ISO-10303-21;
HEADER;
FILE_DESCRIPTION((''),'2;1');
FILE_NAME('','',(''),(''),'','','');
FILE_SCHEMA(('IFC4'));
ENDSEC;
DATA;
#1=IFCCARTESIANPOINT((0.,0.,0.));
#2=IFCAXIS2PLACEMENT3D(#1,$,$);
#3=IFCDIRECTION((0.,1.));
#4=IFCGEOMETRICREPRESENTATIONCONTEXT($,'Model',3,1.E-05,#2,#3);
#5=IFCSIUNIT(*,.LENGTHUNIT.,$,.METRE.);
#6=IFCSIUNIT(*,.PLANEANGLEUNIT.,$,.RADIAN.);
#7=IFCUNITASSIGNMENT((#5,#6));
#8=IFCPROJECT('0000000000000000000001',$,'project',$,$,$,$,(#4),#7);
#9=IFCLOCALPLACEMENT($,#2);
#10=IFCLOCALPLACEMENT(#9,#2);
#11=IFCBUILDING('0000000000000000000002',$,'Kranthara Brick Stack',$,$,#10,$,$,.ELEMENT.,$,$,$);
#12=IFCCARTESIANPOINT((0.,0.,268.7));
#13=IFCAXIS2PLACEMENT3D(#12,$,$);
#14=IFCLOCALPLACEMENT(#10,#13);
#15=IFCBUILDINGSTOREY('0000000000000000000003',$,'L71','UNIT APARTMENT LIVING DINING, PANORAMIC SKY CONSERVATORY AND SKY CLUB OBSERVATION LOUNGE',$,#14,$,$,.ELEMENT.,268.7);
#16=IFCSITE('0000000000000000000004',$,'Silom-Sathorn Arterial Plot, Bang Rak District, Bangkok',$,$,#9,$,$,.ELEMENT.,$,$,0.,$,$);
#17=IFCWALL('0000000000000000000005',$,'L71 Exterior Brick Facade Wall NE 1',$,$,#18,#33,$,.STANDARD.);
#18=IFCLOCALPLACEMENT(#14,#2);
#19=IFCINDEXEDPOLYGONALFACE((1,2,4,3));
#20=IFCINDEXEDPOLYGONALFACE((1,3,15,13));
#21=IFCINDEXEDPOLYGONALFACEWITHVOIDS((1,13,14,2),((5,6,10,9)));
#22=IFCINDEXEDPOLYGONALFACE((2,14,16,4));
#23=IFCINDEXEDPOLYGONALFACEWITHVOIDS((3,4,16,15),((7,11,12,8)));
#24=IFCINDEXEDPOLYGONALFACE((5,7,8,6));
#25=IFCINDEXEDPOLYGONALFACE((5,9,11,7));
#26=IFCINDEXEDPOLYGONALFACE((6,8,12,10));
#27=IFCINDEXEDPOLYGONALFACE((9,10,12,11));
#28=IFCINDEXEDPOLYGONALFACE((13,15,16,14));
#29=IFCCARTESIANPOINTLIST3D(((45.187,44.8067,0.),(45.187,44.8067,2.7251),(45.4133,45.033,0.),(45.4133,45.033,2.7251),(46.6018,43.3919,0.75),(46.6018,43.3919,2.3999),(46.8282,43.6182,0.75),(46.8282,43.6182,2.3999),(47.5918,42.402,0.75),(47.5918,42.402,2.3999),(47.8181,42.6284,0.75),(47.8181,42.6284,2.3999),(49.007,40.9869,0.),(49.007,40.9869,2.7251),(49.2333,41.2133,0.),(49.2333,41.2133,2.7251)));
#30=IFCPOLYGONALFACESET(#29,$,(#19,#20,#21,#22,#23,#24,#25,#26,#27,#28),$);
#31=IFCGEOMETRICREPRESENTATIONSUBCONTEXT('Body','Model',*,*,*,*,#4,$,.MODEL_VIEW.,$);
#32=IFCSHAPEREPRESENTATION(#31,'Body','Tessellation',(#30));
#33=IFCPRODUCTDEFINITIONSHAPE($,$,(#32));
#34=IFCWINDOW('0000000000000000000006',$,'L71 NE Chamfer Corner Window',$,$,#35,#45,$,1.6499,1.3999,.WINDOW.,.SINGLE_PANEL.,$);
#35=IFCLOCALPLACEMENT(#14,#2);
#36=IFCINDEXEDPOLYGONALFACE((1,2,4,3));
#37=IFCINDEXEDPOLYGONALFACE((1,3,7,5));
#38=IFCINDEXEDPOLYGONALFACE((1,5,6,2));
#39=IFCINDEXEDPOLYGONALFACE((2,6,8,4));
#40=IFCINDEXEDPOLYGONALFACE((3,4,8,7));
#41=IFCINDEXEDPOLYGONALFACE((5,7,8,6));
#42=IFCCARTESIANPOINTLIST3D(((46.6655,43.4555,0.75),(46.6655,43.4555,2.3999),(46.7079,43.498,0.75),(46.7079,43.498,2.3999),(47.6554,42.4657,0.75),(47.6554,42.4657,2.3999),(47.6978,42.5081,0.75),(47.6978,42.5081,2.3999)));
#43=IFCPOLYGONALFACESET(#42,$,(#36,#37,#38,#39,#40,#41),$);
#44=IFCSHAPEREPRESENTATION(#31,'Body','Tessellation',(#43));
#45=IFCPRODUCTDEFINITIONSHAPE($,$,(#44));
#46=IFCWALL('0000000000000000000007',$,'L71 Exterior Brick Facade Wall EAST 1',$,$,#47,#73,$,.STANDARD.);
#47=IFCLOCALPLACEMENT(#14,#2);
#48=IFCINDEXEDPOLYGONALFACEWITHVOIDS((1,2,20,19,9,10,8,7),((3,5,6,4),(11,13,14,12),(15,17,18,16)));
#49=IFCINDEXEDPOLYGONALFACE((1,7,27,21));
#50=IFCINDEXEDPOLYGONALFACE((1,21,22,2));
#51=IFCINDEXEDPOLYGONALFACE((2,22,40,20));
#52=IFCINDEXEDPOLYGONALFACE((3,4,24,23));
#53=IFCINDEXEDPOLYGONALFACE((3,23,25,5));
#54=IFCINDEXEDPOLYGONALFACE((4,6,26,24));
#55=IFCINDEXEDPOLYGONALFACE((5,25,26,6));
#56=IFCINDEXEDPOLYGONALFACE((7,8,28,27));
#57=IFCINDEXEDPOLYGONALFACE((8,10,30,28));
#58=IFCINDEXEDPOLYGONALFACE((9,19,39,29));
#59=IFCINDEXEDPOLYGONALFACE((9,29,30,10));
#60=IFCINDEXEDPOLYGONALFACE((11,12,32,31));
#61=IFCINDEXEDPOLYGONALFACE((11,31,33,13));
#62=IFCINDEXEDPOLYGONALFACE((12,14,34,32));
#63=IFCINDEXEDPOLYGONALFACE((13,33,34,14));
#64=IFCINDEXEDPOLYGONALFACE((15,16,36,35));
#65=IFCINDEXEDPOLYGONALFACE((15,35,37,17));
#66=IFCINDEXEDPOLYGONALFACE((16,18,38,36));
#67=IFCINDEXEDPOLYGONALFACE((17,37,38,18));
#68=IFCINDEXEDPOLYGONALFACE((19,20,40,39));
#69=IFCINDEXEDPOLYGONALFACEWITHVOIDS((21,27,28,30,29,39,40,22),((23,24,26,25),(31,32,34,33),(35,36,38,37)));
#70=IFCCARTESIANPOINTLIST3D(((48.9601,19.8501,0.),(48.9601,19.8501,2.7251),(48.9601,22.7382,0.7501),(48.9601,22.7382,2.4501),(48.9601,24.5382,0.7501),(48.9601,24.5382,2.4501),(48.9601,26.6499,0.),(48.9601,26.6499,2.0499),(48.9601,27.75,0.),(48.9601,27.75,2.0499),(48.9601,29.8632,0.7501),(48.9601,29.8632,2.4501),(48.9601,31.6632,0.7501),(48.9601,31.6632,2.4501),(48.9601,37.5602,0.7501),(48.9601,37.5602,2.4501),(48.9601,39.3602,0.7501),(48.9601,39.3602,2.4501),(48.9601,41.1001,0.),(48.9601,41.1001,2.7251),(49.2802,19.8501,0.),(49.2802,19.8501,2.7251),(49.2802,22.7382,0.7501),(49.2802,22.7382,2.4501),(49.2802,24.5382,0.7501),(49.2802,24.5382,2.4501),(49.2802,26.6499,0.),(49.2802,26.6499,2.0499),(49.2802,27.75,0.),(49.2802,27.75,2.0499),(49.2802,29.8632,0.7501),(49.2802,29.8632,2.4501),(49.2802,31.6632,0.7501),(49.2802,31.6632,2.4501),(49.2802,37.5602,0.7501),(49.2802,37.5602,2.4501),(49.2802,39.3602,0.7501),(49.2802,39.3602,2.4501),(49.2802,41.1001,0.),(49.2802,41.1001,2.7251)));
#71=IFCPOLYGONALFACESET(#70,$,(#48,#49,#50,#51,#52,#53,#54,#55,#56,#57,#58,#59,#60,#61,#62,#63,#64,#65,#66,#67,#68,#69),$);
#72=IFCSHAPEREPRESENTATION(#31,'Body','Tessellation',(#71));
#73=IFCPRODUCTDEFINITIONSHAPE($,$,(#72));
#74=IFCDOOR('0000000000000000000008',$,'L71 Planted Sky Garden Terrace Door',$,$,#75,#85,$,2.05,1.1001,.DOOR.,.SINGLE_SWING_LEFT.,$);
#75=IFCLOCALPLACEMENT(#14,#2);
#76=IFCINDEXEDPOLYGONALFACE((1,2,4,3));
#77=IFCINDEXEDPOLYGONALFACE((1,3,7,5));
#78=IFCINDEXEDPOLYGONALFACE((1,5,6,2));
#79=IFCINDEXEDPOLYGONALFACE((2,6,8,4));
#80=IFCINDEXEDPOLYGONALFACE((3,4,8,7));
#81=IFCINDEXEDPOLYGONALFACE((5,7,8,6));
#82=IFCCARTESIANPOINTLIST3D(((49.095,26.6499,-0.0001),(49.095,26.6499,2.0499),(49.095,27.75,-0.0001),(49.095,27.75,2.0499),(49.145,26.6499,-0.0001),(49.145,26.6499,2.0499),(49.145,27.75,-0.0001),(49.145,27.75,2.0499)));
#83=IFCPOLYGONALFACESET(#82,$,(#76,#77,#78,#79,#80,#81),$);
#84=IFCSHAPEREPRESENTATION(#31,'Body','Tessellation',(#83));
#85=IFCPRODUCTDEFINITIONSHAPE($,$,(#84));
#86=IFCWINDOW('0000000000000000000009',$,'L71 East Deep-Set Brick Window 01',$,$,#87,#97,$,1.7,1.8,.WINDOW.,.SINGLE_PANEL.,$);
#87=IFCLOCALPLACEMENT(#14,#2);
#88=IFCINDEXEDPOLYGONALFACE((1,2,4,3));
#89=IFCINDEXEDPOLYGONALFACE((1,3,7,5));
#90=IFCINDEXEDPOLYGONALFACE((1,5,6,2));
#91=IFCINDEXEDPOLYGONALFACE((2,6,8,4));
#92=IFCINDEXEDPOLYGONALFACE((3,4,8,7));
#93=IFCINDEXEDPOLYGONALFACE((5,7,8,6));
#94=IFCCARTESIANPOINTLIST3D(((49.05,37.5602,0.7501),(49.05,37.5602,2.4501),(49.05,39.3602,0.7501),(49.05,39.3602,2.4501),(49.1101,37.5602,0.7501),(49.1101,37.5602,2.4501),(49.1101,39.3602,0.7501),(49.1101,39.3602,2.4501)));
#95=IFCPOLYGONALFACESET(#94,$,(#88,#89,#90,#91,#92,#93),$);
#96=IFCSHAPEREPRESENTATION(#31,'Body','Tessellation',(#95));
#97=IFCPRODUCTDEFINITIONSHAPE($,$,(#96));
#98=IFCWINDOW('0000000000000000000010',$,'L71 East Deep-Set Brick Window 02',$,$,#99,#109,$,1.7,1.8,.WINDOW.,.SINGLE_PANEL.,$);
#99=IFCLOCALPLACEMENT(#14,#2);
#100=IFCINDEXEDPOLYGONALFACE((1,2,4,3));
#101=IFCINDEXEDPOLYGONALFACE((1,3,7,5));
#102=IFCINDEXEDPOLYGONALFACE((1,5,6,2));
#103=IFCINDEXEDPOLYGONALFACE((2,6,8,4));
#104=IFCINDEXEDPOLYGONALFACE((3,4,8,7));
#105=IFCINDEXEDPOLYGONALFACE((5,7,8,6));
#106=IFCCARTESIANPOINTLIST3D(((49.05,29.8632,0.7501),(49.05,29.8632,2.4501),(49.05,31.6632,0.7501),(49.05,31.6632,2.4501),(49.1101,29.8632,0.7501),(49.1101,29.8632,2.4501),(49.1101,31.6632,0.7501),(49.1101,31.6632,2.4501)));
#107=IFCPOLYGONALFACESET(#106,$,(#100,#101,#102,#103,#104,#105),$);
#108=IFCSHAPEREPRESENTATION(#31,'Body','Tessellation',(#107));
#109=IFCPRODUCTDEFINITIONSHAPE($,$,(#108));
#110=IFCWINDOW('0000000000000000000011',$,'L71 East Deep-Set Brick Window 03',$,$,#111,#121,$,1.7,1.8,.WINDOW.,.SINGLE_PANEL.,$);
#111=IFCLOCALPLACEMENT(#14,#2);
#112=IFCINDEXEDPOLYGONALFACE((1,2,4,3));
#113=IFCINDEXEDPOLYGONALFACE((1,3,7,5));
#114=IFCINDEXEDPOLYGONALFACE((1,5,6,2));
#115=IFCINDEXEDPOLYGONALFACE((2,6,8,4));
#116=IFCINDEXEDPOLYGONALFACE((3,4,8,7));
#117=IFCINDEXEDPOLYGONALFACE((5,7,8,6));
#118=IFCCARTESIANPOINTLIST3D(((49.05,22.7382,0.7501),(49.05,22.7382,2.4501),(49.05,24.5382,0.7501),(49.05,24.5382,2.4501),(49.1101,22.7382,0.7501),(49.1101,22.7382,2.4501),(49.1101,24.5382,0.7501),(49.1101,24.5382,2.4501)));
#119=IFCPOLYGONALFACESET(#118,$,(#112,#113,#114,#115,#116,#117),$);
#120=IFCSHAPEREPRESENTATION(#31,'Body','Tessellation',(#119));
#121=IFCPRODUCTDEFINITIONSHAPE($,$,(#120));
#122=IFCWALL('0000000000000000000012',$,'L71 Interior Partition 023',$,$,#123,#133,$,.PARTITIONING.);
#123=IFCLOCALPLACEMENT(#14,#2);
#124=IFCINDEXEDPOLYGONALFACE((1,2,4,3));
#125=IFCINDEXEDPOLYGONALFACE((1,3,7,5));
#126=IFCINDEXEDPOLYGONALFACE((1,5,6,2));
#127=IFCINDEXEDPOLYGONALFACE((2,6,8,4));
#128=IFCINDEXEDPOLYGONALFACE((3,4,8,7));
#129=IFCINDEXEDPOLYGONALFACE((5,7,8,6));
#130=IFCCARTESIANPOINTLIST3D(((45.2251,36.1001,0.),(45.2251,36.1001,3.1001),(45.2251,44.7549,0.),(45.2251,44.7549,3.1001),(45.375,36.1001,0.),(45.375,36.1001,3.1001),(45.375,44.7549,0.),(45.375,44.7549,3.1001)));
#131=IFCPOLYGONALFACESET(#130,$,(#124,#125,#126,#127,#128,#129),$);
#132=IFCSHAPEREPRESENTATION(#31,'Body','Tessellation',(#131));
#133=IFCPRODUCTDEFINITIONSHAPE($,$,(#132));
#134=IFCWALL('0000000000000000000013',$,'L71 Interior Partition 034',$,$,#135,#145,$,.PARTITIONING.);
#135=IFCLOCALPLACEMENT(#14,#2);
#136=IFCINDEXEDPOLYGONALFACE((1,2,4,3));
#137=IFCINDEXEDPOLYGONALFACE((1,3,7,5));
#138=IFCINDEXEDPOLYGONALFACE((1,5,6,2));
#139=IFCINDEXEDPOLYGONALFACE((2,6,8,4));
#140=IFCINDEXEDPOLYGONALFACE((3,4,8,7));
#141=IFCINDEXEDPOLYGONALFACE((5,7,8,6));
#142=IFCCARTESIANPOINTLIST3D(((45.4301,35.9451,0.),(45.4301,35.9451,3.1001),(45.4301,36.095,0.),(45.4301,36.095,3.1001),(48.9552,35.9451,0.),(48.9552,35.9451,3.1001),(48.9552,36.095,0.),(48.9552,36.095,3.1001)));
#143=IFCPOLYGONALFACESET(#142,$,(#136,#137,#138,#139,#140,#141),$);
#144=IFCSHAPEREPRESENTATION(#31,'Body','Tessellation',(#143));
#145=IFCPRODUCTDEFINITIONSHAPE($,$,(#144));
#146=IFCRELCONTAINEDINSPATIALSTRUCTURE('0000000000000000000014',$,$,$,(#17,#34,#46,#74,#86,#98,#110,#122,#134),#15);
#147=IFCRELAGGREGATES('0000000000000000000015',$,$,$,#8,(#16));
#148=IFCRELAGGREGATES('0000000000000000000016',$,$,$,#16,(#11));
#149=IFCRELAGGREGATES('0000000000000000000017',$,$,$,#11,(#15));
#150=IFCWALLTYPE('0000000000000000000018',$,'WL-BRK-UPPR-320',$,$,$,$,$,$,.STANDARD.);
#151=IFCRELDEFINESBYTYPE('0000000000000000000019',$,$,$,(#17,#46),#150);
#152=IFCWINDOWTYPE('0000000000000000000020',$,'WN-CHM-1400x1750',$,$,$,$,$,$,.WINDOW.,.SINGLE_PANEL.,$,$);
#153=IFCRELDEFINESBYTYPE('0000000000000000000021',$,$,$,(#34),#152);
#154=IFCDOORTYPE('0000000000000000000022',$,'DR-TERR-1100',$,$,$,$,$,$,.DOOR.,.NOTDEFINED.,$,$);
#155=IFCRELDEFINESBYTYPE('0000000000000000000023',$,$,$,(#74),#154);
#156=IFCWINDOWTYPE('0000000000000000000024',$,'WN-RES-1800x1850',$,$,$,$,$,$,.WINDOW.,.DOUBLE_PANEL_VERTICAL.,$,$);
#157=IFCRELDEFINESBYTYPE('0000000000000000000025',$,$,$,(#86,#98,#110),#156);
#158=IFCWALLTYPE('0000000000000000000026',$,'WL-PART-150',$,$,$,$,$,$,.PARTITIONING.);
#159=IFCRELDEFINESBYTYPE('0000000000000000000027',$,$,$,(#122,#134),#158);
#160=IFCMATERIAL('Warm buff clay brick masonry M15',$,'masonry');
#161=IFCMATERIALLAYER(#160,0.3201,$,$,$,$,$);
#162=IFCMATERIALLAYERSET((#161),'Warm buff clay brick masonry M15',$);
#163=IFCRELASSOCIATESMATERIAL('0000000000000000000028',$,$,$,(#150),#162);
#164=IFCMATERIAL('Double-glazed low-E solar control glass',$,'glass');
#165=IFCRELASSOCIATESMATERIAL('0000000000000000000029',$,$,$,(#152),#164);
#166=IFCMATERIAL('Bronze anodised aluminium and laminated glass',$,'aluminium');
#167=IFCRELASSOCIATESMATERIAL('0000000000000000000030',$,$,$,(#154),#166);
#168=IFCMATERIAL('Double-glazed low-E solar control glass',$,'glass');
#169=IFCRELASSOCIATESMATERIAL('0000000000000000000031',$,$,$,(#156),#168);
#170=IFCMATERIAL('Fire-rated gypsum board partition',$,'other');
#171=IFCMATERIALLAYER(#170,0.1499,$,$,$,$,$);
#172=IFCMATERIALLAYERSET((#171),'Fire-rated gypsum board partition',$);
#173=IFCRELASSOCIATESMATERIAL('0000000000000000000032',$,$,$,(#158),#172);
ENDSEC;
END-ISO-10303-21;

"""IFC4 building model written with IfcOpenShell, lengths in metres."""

from ifc_helpers import new_model, si_unit, direction, frame, frame_2d, origin, place, context, subcontext, project, spatial, rectangle, extrude, material, layer, layer_set, type_object, element, fill, save


model = new_model("IFC4")

# Units and contexts
model_context = context("Model", 3, precision=1e-05, world=origin(), true_north=direction((0.0, 1.0)))
body_context = subcontext(model_context, "Body", "Model", "MODEL_VIEW")
ifc_project = project(units=[si_unit("LENGTHUNIT", "METRE"), si_unit("PLANEANGLEUNIT", "RADIAN")], contexts=[model_context])

# Site, building, storey
site_placement = place(None, origin())
site = spatial("IfcSite", under=ifc_project, at=site_placement, Name="Silom-Sathorn Arterial Plot, Bang Rak District, Bangkok", CompositionType="ELEMENT", RefElevation=0.0)
building_placement = place(site_placement, origin())
building = spatial("IfcBuilding", under=site, at=building_placement, Name="Kranthara Brick Stack", CompositionType="ELEMENT")
storey_placement = place(building_placement, frame((0.0, 0.0, 268.7)))
storey = spatial("IfcBuildingStorey", under=building, at=storey_placement, Name="L71", Description="UNIT APARTMENT LIVING DINING, PANORAMIC SKY CONSERVATORY AND SKY CLUB OBSERVATION LOUNGE", CompositionType="ELEMENT", Elevation=268.7)

# Wall, opening, window
ifc_material_1 = material(Name="Warm buff clay brick masonry M15", Category="masonry")
ifc_layer_1 = layer(ifc_material_1, 0.3201)
ifc_layer_set_1 = layer_set([ifc_layer_1], Name="Warm buff clay brick masonry M15")
wall_type_1 = type_object("IfcWallType", Name="WL-BRK-UPPR-320", PredefinedType="STANDARD", material=ifc_layer_set_1)
wall_1_placement = place(storey_placement, frame((45.3, 44.9199, 0.0), z_axis=(0.0, 0.0, 1.0), x_axis=(0.707129, -0.707084, 0.0)))
wall_1 = element("IfcWall", 1, at=wall_1_placement, inside=storey, type_object=wall_type_1, Name="L71 Exterior Brick Facade Wall NE 1", PredefinedType="STANDARD", context=body_context, shape_type="SweptSolid", body=[
    extrude(rectangle(XDim=5.4021, YDim=0.3201, at=frame_2d((2.7012, 0.0))), origin(), (0.0, 0.0, 1.0), 2.7251),
])
opening_1_placement = place(wall_1_placement, frame((2.001, 0.0, 0.75)))
opening_1 = element("IfcOpeningElement", 2, at=opening_1_placement, cuts=wall_1, PredefinedType="OPENING", context=body_context, shape_type="SweptSolid", body=[
    extrude(rectangle(XDim=1.3999, YDim=1.6499, at=frame_2d((0.7, 0.825))), frame((0.0, 0.1699, 0.0), z_axis=(0.0, -1.0, 0.0), x_axis=(1.0, 0.0, 0.0)), (0.0, 0.0, 1.0), 0.3401),
])
ifc_material_2 = material(Name="Double-glazed low-E solar control glass", Category="glass")
window_type_1 = type_object("IfcWindowType", Name="WN-CHM-1400x1750", PartitioningType="SINGLE_PANEL", PredefinedType="WINDOW", material=ifc_material_2)
window_1_placement = place(opening_1_placement, origin())
window_1 = element("IfcWindow", 3, at=window_1_placement, inside=storey, type_object=window_type_1, Name="L71 NE Chamfer Corner Window", OverallHeight=1.6499, OverallWidth=1.3999, PartitioningType="SINGLE_PANEL", PredefinedType="WINDOW", context=body_context, shape_type="SweptSolid", body=[
    extrude(rectangle(XDim=1.3999, YDim=1.6499, at=frame_2d((0.7, 0.825))), frame((0.0, -0.01, 0.0), z_axis=(0.0, -1.0, 0.0), x_axis=(1.0, 0.0, 0.0)), (0.0, 0.0, 1.0), 0.0601),
])
fill(opening_1, window_1)

# Wall, openings, door, windows
wall_2_placement = place(storey_placement, frame((49.1201, 41.1001, 0.0), z_axis=(0.0, 0.0, 1.0), x_axis=(0.0, -1.0, 0.0)))
wall_2 = element("IfcWall", 4, at=wall_2_placement, inside=storey, type_object=wall_type_1, Name="L71 Exterior Brick Facade Wall EAST 1", PredefinedType="STANDARD", context=body_context, shape_type="SweptSolid", body=[
    extrude(rectangle(XDim=21.25, YDim=0.3201, at=frame_2d((10.625, 0.0))), origin(), (0.0, 0.0, 1.0), 2.7251),
])
opening_2_placement = place(wall_2_placement, frame((13.3501, 0.0, 0.0)))
opening_2 = element("IfcOpeningElement", 5, at=opening_2_placement, cuts=wall_2, PredefinedType="OPENING", context=body_context, shape_type="SweptSolid", body=[
    extrude(rectangle(XDim=1.1001, YDim=2.05, at=frame_2d((0.55, 1.0249))), frame((0.0, 0.1699, 0.0), z_axis=(0.0, -1.0, 0.0), x_axis=(1.0, 0.0, 0.0)), (0.0, 0.0, 1.0), 0.3401),
])
opening_3_placement = place(wall_2_placement, frame((1.74, 0.0, 0.75)))
opening_3 = element("IfcOpeningElement", 6, at=opening_3_placement, cuts=wall_2, PredefinedType="OPENING", context=body_context, shape_type="SweptSolid", body=[
    extrude(rectangle(XDim=1.8, YDim=1.7, at=frame_2d((0.8999, 0.8501))), frame((0.0, 0.1699, 0.0), z_axis=(0.0, -1.0, 0.0), x_axis=(1.0, 0.0, 0.0)), (0.0, 0.0, 1.0), 0.3401),
])
opening_4_placement = place(wall_2_placement, frame((9.437, 0.0, 0.75)))
opening_4 = element("IfcOpeningElement", 7, at=opening_4_placement, cuts=wall_2, PredefinedType="OPENING", context=body_context, shape_type="SweptSolid", body=[
    extrude(rectangle(XDim=1.8, YDim=1.7, at=frame_2d((0.8999, 0.8501))), frame((0.0, 0.1699, 0.0), z_axis=(0.0, -1.0, 0.0), x_axis=(1.0, 0.0, 0.0)), (0.0, 0.0, 1.0), 0.3401),
])
opening_5_placement = place(wall_2_placement, frame((16.562, 0.0, 0.75)))
opening_5 = element("IfcOpeningElement", 8, at=opening_5_placement, cuts=wall_2, PredefinedType="OPENING", context=body_context, shape_type="SweptSolid", body=[
    extrude(rectangle(XDim=1.8, YDim=1.7, at=frame_2d((0.8999, 0.8501))), frame((0.0, 0.1699, 0.0), z_axis=(0.0, -1.0, 0.0), x_axis=(1.0, 0.0, 0.0)), (0.0, 0.0, 1.0), 0.3401),
])
ifc_material_3 = material(Name="Bronze anodised aluminium and laminated glass", Category="aluminium")
door_type_1 = type_object("IfcDoorType", Name="DR-TERR-1100", OperationType="NOTDEFINED", PredefinedType="DOOR", material=ifc_material_3)
door_1_placement = place(opening_2_placement, origin())
door_1 = element("IfcDoor", 9, at=door_1_placement, inside=storey, type_object=door_type_1, Name="L71 Planted Sky Garden Terrace Door", OperationType="SINGLE_SWING_LEFT", OverallHeight=2.05, OverallWidth=1.1001, PredefinedType="DOOR", context=body_context, shape_type="SweptSolid", body=[
    extrude(rectangle(XDim=1.1001, YDim=2.05, at=frame_2d((0.55, 1.0249))), frame((0.0, 0.0249, 0.0), z_axis=(0.0, -1.0, 0.0), x_axis=(1.0, 0.0, 0.0)), (0.0, 0.0, 1.0), 0.05),
])
fill(opening_2, door_1)
ifc_material_4 = material(Name="Double-glazed low-E solar control glass", Category="glass")
window_type_2 = type_object("IfcWindowType", Name="WN-RES-1800x1850", PartitioningType="DOUBLE_PANEL_VERTICAL", PredefinedType="WINDOW", material=ifc_material_4)
window_2_placement = place(opening_3_placement, origin())
window_2 = element("IfcWindow", 10, at=window_2_placement, inside=storey, type_object=window_type_2, Name="L71 East Deep-Set Brick Window 01", OverallHeight=1.7, OverallWidth=1.8, PartitioningType="SINGLE_PANEL", PredefinedType="WINDOW", context=body_context, shape_type="SweptSolid", body=[
    extrude(rectangle(XDim=1.8, YDim=1.7, at=frame_2d((0.8999, 0.8501))), frame((0.0, -0.01, 0.0), z_axis=(0.0, -1.0, 0.0), x_axis=(1.0, 0.0, 0.0)), (0.0, 0.0, 1.0), 0.0601),
])
fill(opening_3, window_2)
window_3_placement = place(opening_4_placement, origin())
window_3 = element("IfcWindow", 11, at=window_3_placement, inside=storey, type_object=window_type_2, Name="L71 East Deep-Set Brick Window 02", OverallHeight=1.7, OverallWidth=1.8, PartitioningType="SINGLE_PANEL", PredefinedType="WINDOW", context=body_context, shape_type="SweptSolid", body=[
    extrude(rectangle(XDim=1.8, YDim=1.7, at=frame_2d((0.8999, 0.8501))), frame((0.0, -0.01, 0.0), z_axis=(0.0, -1.0, 0.0), x_axis=(1.0, 0.0, 0.0)), (0.0, 0.0, 1.0), 0.0601),
])
fill(opening_4, window_3)
window_4_placement = place(opening_5_placement, origin())
window_4 = element("IfcWindow", 12, at=window_4_placement, inside=storey, type_object=window_type_2, Name="L71 East Deep-Set Brick Window 03", OverallHeight=1.7, OverallWidth=1.8, PartitioningType="SINGLE_PANEL", PredefinedType="WINDOW", context=body_context, shape_type="SweptSolid", body=[
    extrude(rectangle(XDim=1.8, YDim=1.7, at=frame_2d((0.8999, 0.8501))), frame((0.0, -0.01, 0.0), z_axis=(0.0, -1.0, 0.0), x_axis=(1.0, 0.0, 0.0)), (0.0, 0.0, 1.0), 0.0601),
])
fill(opening_5, window_4)

# Walls
ifc_material_5 = material(Name="Fire-rated gypsum board partition", Category="other")
ifc_layer_2 = layer(ifc_material_5, 0.1499)
ifc_layer_set_2 = layer_set([ifc_layer_2], Name="Fire-rated gypsum board partition")
wall_type_2 = type_object("IfcWallType", Name="WL-PART-150", PredefinedType="PARTITIONING", material=ifc_layer_set_2)
wall_3_placement = place(storey_placement, frame((45.3, 36.1001, 0.0), z_axis=(0.0, 0.0, 1.0), x_axis=(0.0, 1.0, 0.0)))
element("IfcWall", 13, at=wall_3_placement, inside=storey, type_object=wall_type_2, Name="L71 Interior Partition 023", PredefinedType="PARTITIONING", context=body_context, shape_type="SweptSolid", body=[
    extrude(rectangle(XDim=8.6548, YDim=0.1499, at=frame_2d((4.3274, 0.0))), origin(), (0.0, 0.0, 1.0), 3.1001),
])
wall_4_placement = place(storey_placement, frame((45.4299, 36.02, 0.0), z_axis=(0.0, 0.0, 1.0), x_axis=(1.0, 0.0, 0.0)))
element("IfcWall", 14, at=wall_4_placement, inside=storey, type_object=wall_type_2, Name="L71 Interior Partition 034", PredefinedType="PARTITIONING", context=body_context, shape_type="SweptSolid", body=[
    extrude(rectangle(XDim=3.5251, YDim=0.1499, at=frame_2d((1.7627, 0.0))), origin(), (0.0, 0.0, 1.0), 3.1001),
])

save(model, "model.ifc")
